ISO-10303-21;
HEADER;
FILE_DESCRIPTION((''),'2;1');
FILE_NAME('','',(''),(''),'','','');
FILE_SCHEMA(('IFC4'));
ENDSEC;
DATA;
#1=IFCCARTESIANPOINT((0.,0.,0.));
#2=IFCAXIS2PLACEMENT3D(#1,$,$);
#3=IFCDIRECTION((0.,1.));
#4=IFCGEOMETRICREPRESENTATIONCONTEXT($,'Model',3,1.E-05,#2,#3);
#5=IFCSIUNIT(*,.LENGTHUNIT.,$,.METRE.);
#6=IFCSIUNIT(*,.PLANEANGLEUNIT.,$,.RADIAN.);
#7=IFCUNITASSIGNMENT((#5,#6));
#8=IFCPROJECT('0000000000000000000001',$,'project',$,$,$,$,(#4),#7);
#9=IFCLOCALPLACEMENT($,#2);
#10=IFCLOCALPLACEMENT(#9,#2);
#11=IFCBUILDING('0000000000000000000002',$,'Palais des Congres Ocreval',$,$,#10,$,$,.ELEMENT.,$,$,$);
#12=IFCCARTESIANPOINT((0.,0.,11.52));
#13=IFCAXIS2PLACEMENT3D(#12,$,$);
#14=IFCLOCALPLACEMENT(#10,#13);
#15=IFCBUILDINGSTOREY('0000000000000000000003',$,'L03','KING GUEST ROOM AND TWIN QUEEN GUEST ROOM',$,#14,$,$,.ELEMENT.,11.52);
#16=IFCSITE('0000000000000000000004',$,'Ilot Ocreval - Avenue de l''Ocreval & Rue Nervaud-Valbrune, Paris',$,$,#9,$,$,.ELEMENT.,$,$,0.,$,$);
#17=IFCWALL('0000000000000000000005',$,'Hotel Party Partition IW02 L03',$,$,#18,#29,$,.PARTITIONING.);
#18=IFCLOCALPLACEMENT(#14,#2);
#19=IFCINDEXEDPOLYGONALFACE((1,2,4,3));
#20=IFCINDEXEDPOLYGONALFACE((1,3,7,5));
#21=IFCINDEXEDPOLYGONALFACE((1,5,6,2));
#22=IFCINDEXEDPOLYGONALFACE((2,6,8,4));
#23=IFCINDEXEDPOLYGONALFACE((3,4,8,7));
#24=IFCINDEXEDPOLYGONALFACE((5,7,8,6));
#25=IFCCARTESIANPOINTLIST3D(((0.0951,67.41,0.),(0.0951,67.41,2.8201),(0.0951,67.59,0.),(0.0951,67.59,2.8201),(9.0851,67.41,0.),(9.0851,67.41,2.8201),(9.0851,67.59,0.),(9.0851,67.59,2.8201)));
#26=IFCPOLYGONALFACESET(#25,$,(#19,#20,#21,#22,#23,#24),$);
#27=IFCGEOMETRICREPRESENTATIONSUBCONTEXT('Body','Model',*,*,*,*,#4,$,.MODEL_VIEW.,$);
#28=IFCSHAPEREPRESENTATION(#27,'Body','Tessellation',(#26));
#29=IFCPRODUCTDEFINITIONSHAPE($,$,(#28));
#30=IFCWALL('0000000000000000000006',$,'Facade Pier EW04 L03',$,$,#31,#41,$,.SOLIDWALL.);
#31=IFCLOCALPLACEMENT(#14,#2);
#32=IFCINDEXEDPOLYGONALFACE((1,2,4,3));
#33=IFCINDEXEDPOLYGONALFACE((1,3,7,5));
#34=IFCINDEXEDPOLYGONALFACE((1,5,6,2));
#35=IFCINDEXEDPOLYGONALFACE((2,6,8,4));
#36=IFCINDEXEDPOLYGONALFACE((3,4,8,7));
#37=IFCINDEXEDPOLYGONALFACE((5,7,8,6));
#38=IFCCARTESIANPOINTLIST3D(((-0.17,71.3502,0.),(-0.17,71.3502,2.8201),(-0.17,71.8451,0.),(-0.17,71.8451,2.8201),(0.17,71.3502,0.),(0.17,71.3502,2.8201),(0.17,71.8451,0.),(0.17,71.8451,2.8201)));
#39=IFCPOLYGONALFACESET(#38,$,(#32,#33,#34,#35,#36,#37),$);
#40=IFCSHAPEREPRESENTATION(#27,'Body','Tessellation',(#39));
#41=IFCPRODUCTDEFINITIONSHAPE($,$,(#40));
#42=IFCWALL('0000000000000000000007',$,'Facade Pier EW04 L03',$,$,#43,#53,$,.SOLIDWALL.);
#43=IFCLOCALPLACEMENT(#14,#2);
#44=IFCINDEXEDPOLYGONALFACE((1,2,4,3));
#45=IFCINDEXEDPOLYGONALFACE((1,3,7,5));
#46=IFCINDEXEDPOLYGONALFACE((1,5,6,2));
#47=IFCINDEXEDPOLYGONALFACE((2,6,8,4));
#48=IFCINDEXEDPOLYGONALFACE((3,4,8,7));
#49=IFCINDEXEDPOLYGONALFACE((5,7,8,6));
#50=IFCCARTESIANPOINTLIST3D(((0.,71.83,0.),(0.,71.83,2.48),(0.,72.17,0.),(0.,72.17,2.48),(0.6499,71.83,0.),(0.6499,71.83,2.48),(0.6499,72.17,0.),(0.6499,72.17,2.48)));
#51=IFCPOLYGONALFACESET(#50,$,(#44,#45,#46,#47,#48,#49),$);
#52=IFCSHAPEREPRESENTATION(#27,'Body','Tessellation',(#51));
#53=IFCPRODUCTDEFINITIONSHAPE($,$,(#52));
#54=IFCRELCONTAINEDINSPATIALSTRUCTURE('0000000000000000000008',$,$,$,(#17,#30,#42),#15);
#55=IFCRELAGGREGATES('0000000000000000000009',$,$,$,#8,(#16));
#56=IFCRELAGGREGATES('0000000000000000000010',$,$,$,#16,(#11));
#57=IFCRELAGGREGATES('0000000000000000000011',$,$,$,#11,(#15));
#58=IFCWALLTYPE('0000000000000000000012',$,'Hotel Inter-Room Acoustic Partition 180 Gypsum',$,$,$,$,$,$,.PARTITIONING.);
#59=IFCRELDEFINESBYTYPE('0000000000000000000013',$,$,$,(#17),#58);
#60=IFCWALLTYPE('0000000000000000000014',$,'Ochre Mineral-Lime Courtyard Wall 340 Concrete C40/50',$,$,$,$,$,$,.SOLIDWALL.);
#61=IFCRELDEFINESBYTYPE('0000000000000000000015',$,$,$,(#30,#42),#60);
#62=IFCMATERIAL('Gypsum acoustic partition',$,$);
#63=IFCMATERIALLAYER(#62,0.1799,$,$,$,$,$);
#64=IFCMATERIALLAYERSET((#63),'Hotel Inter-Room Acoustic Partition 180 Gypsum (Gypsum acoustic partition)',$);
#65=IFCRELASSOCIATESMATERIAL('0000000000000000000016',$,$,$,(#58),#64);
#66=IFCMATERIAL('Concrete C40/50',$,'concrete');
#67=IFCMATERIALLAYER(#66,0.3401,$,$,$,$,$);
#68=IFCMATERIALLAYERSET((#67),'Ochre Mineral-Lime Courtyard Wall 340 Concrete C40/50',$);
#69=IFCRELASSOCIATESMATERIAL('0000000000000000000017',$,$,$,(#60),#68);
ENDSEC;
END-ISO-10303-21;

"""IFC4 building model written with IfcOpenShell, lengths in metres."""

from ifc_helpers import new_model, si_unit, direction, frame, frame_2d, origin, place, context, subcontext, project, spatial, rectangle, extrude, material, layer, layer_set, type_object, element, save


model = new_model("IFC4")

# Units and contexts
model_context = context("Model", 3, precision=1e-05, world=origin(), true_north=direction((0.0, 1.0)))
body_context = subcontext(model_context, "Body", "Model", "MODEL_VIEW")
ifc_project = project(units=[si_unit("LENGTHUNIT", "METRE"), si_unit("PLANEANGLEUNIT", "RADIAN")], contexts=[model_context])

# Site, building, storey
site_placement = place(None, origin())
site = spatial("IfcSite", under=ifc_project, at=site_placement, Name="Ilot Ocreval - Avenue de l'Ocreval & Rue Nervaud-Valbrune, Paris", CompositionType="ELEMENT", RefElevation=0.0)
building_placement = place(site_placement, origin())
building = spatial("IfcBuilding", under=site, at=building_placement, Name="Palais des Congres Ocreval", CompositionType="ELEMENT")
storey_placement = place(building_placement, frame((0.0, 0.0, 11.52)))
storey = spatial("IfcBuildingStorey", under=building, at=storey_placement, Name="L03", Description="KING GUEST ROOM AND TWIN QUEEN GUEST ROOM", CompositionType="ELEMENT", Elevation=11.52)

# Walls
ifc_material_1 = material(Name="Gypsum acoustic partition")
ifc_layer_1 = layer(ifc_material_1, 0.1799)
ifc_layer_set_1 = layer_set([ifc_layer_1], Name="Hotel Inter-Room Acoustic Partition 180 Gypsum (Gypsum acoustic partition)")
wall_type_1 = type_object("IfcWallType", Name="Hotel Inter-Room Acoustic Partition 180 Gypsum", PredefinedType="PARTITIONING", material=ifc_layer_set_1)
wall_1_placement = place(storey_placement, frame((0.095, 67.5, 0.0), z_axis=(0.0, 0.0, 1.0), x_axis=(1.0, 0.0, 0.0)))
element("IfcWall", 1, at=wall_1_placement, inside=storey, type_object=wall_type_1, Name="Hotel Party Partition IW02 L03", PredefinedType="PARTITIONING", context=body_context, shape_type="SweptSolid", body=[
    extrude(rectangle(XDim=8.99, YDim=0.1799, at=frame_2d((4.4951, 0.0))), origin(), (0.0, 0.0, 1.0), 2.8201),
])
ifc_material_2 = material(Name="Concrete C40/50", Category="concrete")
ifc_layer_2 = layer(ifc_material_2, 0.3401)
ifc_layer_set_2 = layer_set([ifc_layer_2], Name="Ochre Mineral-Lime Courtyard Wall 340 Concrete C40/50")
wall_type_2 = type_object("IfcWallType", Name="Ochre Mineral-Lime Courtyard Wall 340 Concrete C40/50", PredefinedType="SOLIDWALL", material=ifc_layer_set_2)
wall_2_placement = place(storey_placement, frame((0.0, 71.3501, 0.0), z_axis=(0.0, 0.0, 1.0), x_axis=(0.0, 1.0, 0.0)))
element("IfcWall", 2, at=wall_2_placement, inside=storey, type_object=wall_type_2, Name="Facade Pier EW04 L03", PredefinedType="SOLIDWALL", context=body_context, shape_type="SweptSolid", body=[
    extrude(rectangle(XDim=0.4949, YDim=0.3401, at=frame_2d((0.2476, 0.0))), origin(), (0.0, 0.0, 1.0), 2.8201),
])
wall_3_placement = place(storey_placement, frame((0.0, 72.0, 0.0), z_axis=(0.0, 0.0, 1.0), x_axis=(1.0, 0.0, 0.0)))
element("IfcWall", 3, at=wall_3_placement, inside=storey, type_object=wall_type_2, Name="Facade Pier EW04 L03", PredefinedType="SOLIDWALL", context=body_context, shape_type="SweptSolid", body=[
    extrude(rectangle(XDim=0.6499, YDim=0.3401, at=frame_2d((0.325, 0.0))), origin(), (0.0, 0.0, 1.0), 2.48),
])

save(model, "model.ifc")
